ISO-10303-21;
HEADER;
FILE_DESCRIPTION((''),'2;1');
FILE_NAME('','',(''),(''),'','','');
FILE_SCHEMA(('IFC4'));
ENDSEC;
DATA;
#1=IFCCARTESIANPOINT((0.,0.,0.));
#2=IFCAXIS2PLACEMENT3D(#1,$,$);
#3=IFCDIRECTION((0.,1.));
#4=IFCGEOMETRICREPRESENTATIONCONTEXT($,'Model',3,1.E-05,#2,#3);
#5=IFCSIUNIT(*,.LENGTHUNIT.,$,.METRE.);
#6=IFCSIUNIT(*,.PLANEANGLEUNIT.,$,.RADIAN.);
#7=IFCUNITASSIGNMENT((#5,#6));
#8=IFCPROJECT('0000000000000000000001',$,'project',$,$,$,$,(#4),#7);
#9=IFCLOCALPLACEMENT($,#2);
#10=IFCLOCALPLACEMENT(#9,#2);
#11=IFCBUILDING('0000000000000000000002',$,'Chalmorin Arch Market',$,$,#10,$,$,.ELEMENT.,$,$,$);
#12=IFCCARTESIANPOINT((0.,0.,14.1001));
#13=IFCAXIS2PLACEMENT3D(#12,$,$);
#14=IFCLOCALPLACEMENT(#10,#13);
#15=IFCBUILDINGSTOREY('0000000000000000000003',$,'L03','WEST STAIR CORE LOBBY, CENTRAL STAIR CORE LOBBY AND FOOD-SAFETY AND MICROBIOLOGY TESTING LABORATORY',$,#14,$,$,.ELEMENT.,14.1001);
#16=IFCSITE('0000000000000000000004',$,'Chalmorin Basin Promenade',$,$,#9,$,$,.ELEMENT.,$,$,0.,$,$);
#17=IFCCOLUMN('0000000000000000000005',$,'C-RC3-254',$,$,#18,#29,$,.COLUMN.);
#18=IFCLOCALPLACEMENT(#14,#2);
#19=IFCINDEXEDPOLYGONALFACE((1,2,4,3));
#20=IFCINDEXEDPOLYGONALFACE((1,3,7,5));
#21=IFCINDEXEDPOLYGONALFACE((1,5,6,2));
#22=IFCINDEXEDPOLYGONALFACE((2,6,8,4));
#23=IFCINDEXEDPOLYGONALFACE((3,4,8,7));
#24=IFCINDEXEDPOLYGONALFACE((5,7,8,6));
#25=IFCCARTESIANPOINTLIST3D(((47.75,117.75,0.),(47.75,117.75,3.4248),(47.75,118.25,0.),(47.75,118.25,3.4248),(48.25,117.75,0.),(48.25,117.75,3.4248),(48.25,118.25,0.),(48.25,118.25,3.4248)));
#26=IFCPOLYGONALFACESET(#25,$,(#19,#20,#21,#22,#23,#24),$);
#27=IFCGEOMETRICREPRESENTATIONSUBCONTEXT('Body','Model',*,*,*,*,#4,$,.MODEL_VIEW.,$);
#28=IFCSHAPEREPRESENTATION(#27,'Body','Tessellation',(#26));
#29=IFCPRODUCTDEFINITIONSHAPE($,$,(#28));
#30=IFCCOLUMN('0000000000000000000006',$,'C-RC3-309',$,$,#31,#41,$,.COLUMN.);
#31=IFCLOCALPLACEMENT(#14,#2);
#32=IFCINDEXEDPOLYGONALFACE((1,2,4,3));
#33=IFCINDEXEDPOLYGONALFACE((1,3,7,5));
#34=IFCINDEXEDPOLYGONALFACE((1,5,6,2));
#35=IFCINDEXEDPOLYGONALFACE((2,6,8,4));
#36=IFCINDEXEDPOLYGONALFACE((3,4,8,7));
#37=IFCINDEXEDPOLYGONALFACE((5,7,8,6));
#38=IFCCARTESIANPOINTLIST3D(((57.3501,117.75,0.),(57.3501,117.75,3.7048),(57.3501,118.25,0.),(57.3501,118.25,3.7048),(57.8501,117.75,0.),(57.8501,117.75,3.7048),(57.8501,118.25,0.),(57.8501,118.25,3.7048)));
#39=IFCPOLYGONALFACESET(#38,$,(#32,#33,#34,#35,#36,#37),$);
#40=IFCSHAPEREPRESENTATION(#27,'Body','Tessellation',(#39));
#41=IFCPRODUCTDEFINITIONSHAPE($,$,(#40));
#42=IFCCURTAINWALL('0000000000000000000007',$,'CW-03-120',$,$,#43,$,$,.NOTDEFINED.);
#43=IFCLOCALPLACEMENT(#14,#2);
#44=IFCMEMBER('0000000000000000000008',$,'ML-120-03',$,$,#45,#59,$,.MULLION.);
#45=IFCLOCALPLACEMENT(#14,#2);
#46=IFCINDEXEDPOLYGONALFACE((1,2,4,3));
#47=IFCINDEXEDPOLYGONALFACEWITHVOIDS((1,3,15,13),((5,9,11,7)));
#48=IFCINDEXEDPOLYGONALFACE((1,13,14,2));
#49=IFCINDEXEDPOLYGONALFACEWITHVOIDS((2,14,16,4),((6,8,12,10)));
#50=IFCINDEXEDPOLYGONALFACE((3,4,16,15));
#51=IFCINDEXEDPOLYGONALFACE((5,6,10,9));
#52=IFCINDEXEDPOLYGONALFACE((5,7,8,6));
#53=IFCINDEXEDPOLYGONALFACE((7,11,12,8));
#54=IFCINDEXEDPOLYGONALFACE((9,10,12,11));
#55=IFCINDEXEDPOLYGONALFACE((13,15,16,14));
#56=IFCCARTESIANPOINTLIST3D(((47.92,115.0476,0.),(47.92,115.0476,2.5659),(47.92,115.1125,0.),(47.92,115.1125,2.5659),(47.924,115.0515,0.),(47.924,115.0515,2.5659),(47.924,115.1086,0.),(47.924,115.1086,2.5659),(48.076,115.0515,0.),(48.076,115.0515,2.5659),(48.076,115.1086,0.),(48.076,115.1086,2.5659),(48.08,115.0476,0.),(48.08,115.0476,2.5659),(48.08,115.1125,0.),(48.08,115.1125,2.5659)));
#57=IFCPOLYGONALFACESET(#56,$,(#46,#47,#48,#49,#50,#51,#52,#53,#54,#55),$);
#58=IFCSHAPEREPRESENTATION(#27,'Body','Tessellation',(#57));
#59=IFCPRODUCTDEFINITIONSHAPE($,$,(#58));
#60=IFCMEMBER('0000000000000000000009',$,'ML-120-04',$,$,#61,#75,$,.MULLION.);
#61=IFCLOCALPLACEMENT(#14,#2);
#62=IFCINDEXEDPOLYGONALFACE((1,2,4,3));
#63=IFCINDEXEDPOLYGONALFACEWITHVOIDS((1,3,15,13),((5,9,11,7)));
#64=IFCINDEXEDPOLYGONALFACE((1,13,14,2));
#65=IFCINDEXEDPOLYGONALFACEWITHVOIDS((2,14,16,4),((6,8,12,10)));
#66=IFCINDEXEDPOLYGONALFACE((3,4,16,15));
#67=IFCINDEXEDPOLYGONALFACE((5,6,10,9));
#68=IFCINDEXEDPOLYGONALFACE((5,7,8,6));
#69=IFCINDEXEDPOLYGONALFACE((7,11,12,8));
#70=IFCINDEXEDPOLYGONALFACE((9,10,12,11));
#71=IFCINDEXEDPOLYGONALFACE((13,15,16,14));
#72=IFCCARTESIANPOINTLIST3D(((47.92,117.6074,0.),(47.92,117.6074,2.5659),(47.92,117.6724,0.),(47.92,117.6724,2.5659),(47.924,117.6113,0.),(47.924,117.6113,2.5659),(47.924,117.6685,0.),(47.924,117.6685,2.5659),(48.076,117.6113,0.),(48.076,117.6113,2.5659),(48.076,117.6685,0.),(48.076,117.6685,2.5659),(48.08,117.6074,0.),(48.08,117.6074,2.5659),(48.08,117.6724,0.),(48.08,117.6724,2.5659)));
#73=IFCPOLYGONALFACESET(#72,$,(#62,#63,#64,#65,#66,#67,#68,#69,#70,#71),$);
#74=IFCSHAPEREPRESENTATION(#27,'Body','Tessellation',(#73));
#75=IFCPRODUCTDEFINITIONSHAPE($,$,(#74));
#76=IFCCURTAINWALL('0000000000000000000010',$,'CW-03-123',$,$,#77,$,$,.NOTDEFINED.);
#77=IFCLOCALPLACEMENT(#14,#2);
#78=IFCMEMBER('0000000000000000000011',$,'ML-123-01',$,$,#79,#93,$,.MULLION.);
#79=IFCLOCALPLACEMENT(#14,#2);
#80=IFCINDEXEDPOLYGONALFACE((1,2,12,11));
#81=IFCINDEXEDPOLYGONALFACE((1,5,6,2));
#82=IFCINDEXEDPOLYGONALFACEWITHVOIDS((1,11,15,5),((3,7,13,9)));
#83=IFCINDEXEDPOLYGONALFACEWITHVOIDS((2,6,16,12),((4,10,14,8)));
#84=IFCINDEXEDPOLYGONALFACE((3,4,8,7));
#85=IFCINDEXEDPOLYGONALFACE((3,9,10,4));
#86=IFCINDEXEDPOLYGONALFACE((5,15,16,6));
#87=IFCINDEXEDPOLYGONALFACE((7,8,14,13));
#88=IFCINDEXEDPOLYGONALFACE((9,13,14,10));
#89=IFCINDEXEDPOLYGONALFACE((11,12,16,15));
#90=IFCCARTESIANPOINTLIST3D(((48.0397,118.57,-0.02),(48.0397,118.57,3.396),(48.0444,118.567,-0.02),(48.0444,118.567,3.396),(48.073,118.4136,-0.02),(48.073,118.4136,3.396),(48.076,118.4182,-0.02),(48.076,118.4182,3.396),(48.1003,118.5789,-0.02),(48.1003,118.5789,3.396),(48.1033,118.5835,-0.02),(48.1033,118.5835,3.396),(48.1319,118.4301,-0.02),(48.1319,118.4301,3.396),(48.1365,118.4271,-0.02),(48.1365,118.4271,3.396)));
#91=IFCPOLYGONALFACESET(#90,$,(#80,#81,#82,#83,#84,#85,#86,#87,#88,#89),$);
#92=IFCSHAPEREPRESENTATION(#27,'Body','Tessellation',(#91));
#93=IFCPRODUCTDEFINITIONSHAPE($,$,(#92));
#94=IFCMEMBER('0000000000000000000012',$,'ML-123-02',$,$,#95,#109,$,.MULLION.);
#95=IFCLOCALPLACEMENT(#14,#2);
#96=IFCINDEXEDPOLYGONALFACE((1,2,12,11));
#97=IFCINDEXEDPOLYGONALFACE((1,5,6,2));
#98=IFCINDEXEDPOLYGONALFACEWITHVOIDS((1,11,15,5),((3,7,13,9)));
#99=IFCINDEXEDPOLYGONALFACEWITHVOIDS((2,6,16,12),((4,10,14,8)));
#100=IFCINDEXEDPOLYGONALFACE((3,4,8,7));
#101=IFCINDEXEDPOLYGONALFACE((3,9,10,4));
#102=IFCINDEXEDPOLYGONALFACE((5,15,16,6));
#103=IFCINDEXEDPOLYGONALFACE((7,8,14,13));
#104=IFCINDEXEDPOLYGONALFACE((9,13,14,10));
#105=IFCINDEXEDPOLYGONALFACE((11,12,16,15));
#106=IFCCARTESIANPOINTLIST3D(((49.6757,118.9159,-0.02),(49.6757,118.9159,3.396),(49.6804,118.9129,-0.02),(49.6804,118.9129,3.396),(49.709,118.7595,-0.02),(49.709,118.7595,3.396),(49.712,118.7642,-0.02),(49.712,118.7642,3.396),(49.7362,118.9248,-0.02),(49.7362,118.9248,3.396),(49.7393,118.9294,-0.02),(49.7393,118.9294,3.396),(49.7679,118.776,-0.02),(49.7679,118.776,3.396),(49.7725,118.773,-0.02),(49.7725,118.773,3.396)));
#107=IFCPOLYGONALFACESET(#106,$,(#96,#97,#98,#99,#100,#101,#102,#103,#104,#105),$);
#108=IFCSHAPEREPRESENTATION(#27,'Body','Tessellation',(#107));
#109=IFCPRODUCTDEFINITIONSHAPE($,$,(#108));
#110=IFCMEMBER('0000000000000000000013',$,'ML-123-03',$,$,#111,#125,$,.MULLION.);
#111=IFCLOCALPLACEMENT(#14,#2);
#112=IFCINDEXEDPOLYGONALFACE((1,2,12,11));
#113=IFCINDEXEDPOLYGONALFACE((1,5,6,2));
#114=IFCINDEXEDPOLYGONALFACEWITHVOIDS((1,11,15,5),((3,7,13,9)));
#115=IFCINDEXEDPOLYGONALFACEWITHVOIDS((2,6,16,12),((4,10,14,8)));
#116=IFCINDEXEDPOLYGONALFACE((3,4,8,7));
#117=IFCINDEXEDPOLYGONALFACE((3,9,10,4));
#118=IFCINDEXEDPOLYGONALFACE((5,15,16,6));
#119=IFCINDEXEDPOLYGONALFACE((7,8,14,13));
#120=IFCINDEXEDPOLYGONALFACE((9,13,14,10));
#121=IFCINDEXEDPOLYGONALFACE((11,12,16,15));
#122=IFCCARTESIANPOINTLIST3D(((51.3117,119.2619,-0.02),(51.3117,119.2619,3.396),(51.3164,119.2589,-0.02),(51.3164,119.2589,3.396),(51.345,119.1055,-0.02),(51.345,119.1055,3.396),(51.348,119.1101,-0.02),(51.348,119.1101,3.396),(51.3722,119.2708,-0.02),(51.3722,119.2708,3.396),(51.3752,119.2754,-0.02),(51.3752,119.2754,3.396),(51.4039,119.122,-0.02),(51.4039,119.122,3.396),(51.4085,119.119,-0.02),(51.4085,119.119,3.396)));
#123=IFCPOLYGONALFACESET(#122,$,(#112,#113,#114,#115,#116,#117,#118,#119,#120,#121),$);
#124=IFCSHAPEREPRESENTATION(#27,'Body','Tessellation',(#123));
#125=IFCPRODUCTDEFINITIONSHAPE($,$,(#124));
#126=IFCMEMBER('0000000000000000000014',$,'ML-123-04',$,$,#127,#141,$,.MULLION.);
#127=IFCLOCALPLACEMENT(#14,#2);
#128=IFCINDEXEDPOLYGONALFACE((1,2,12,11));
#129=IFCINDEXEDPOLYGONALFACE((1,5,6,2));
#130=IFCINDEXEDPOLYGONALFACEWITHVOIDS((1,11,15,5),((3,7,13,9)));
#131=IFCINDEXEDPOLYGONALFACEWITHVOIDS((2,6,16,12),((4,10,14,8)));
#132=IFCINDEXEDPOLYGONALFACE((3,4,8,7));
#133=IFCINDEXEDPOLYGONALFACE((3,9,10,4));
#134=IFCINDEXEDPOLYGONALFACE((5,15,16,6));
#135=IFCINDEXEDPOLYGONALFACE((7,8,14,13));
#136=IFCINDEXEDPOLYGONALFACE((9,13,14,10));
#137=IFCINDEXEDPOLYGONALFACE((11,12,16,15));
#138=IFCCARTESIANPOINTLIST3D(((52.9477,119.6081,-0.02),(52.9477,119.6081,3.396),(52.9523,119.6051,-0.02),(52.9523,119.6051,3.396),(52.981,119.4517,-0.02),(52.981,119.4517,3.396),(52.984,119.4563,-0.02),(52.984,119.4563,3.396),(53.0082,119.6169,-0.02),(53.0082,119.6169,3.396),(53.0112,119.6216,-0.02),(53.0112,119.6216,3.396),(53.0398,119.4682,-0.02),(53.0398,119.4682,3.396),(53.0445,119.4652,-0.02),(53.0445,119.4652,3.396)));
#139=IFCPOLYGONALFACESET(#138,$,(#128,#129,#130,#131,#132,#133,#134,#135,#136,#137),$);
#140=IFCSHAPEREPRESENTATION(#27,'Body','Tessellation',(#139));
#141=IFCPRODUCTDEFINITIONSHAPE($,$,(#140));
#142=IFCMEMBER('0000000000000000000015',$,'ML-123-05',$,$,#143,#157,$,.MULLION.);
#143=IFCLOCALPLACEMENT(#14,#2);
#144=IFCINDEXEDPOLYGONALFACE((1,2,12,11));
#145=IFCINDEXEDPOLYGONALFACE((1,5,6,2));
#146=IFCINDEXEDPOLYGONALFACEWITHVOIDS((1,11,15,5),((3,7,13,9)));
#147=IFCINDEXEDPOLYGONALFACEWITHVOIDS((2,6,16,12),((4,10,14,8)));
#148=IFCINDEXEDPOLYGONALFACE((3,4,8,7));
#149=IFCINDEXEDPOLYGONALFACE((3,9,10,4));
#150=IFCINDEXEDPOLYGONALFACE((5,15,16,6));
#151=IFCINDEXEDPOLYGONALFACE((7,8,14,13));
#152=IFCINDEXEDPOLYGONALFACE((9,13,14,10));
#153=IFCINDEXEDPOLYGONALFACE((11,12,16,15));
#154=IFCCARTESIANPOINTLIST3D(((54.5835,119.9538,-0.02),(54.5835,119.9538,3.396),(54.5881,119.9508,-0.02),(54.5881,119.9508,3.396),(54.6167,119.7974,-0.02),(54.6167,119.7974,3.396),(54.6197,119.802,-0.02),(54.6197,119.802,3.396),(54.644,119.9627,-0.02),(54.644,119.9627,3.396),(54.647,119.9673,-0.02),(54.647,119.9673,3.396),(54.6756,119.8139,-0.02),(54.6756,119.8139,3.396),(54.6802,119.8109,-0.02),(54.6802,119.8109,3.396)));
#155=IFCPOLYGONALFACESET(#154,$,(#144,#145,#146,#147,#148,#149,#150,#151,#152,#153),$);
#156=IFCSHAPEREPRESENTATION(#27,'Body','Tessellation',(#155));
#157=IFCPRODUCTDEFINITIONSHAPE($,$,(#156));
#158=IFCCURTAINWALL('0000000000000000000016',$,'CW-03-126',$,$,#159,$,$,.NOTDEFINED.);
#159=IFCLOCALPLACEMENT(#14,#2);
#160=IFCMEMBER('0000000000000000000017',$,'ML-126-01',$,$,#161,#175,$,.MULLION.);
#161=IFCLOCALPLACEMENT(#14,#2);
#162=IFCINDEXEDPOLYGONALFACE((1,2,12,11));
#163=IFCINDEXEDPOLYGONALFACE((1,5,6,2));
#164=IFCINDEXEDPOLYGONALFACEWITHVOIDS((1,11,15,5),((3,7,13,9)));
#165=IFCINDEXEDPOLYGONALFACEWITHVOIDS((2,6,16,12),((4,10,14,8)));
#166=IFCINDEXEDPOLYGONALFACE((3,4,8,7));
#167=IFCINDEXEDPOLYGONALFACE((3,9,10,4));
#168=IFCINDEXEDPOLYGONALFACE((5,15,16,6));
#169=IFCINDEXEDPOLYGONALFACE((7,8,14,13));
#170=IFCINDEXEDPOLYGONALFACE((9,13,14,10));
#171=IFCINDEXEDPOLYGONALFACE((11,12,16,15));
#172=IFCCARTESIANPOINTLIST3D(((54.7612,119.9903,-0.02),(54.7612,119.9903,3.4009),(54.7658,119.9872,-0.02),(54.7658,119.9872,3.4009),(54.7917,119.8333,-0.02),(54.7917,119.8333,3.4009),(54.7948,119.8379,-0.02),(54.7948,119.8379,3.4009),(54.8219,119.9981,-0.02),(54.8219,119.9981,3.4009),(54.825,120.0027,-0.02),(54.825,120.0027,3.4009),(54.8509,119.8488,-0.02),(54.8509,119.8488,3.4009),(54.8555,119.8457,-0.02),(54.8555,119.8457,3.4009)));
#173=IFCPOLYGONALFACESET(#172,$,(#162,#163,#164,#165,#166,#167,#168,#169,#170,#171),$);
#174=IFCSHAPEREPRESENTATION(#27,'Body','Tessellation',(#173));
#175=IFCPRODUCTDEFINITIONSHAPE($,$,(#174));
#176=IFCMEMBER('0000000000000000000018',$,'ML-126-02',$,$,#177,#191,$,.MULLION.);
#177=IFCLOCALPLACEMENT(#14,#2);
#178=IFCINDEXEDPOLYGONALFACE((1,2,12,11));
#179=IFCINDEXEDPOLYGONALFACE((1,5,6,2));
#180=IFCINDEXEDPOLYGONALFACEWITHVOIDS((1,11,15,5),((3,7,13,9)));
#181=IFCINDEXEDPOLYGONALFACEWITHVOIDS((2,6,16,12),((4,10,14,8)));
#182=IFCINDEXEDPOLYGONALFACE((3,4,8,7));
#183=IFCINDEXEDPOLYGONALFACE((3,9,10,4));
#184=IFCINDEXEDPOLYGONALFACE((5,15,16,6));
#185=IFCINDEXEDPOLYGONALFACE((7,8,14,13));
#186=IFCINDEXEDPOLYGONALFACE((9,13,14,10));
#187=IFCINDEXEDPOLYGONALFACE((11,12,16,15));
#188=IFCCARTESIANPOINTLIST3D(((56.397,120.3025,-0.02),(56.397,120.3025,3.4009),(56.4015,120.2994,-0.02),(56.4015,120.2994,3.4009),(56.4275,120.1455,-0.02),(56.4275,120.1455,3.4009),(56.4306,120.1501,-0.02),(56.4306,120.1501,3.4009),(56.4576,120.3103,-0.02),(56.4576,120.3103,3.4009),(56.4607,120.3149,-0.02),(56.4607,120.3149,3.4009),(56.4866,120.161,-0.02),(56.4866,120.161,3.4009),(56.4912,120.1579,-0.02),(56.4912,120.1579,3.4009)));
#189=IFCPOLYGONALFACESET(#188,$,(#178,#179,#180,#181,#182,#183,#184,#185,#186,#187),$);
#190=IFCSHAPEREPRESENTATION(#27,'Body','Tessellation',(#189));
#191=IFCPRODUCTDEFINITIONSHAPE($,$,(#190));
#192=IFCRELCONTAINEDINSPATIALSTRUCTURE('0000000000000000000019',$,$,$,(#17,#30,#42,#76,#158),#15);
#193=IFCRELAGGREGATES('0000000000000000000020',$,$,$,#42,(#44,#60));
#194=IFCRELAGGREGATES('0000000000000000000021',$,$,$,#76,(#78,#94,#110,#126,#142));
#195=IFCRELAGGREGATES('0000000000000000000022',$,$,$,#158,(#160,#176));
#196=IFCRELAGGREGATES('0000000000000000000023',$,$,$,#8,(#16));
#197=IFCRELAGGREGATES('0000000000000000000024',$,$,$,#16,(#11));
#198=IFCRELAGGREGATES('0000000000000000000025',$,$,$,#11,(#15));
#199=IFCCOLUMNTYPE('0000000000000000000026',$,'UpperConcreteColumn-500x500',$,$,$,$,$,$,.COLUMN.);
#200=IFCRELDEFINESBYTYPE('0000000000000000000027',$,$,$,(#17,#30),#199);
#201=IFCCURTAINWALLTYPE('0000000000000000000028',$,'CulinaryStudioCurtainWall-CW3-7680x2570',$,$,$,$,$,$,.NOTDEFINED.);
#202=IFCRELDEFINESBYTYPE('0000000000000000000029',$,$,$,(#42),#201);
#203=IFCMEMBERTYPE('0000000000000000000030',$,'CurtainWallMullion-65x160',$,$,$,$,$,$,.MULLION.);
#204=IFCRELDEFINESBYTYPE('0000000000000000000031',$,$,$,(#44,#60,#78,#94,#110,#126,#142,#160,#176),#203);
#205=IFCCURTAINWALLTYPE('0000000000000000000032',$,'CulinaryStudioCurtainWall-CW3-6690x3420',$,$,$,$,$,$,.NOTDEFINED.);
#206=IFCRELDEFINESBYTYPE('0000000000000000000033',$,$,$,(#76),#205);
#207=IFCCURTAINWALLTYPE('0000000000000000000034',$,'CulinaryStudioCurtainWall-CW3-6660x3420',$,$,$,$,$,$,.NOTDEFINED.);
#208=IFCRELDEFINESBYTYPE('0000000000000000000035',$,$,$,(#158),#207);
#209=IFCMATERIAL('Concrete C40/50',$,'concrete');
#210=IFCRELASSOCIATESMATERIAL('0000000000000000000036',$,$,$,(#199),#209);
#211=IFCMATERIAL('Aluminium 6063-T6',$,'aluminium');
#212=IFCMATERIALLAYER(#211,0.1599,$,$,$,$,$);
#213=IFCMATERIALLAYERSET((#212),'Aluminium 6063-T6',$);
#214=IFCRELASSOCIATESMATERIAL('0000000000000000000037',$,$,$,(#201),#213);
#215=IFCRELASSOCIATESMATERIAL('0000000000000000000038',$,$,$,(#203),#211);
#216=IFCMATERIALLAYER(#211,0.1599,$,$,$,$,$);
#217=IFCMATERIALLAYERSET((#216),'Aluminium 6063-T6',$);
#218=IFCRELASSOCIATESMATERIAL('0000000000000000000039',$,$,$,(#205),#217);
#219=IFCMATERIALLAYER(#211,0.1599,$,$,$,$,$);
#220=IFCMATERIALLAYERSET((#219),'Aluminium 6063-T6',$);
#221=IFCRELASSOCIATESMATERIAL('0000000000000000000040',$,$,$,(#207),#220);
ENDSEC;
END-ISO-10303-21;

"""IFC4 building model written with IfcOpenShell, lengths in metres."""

from ifc_helpers import new_model, si_unit, direction, frame, origin, origin_2d, place, context, subcontext, project, spatial, rectangle, hollow_rectangle, extrude, material, layer, layer_set, material_profile, profile_set, type_object, element, aggregate, save


model = new_model("IFC4")

# Units and contexts
model_context = context("Model", 3, precision=1e-05, world=origin(), true_north=direction((0.0, 1.0)))
body_context = subcontext(model_context, "Body", "Model", "MODEL_VIEW")
ifc_project = project(units=[si_unit("LENGTHUNIT", "METRE"), si_unit("PLANEANGLEUNIT", "RADIAN")], contexts=[model_context])

# Site, building, storey
site_placement = place(None, origin())
site = spatial("IfcSite", under=ifc_project, at=site_placement, Name="Chalmorin Basin Promenade", CompositionType="ELEMENT", RefElevation=0.0)
building_placement = place(site_placement, origin())
building = spatial("IfcBuilding", under=site, at=building_placement, Name="Chalmorin Arch Market", CompositionType="ELEMENT")
storey_placement = place(building_placement, frame((0.0, 0.0, 14.1001)))
storey = spatial("IfcBuildingStorey", under=building, at=storey_placement, Name="L03", Description="WEST STAIR CORE LOBBY, CENTRAL STAIR CORE LOBBY AND FOOD-SAFETY AND MICROBIOLOGY TESTING LABORATORY", CompositionType="ELEMENT", Elevation=14.1001)

# Columns
ifc_material_1 = material(Name="Concrete C40/50", Category="concrete")
ifc_material_profile_1 = material_profile(ifc_material_1, rectangle(XDim=0.5, YDim=0.5, at=origin_2d()), Name="RC500X500")
ifc_profile_set_1 = profile_set([ifc_material_profile_1], Name="Concrete C40/50")
column_type = type_object("IfcColumnType", Name="UpperConcreteColumn-500x500", PredefinedType="COLUMN", material=ifc_profile_set_1)
column_1_placement = place(storey_placement, frame((48.0, 118.0, 0.0), z_axis=(0.0, 0.0, 1.0), x_axis=(1.0, 0.0, 0.0)))
element("IfcColumn", 1, at=column_1_placement, inside=storey, type_object=column_type, Name="C-RC3-254", PredefinedType="COLUMN", context=body_context, shape_type="SweptSolid", body=[
    extrude(rectangle(XDim=0.5, YDim=0.5, at=origin_2d()), origin(), (0.0, 0.0, 1.0), 3.4248),
])
column_2_placement = place(storey_placement, frame((57.6001, 118.0, 0.0), z_axis=(0.0, 0.0, 1.0), x_axis=(1.0, 0.0, 0.0)))
element("IfcColumn", 2, at=column_2_placement, inside=storey, type_object=column_type, Name="C-RC3-309", PredefinedType="COLUMN", context=body_context, shape_type="SweptSolid", body=[
    extrude(rectangle(XDim=0.5, YDim=0.5, at=origin_2d()), origin(), (0.0, 0.0, 1.0), 3.7048),
])

# Curtain walls, members
ifc_material_2 = material(Name="Aluminium 6063-T6", Category="aluminium")
ifc_layer_1 = layer(ifc_material_2, 0.1599)
ifc_layer_set_1 = layer_set([ifc_layer_1], Name="Aluminium 6063-T6")
curtain_wall_type_1 = type_object("IfcCurtainWallType", Name="CulinaryStudioCurtainWall-CW3-7680x2570", PredefinedType="NOTDEFINED", material=ifc_layer_set_1)
curtain_wall_1_placement = place(storey_placement, origin())
curtain_wall_1 = element("IfcCurtainWall", 3, at=curtain_wall_1_placement, inside=storey, type_object=curtain_wall_type_1, Name="CW-03-120", PredefinedType="NOTDEFINED")
ifc_material_profile_2 = material_profile(ifc_material_2, hollow_rectangle(XDim=0.0649, YDim=0.1599, WallThickness=0.0039, at=origin_2d()), Name="ALU65X160X4")
ifc_profile_set_2 = profile_set([ifc_material_profile_2], Name="Aluminium 6063-T6")
member_type_1 = type_object("IfcMemberType", Name="CurtainWallMullion-65x160", PredefinedType="MULLION", material=ifc_profile_set_2)
member_1_placement = place(storey_placement, frame((48.0, 115.0801, 0.0), z_axis=(0.0, 0.0, 1.0), x_axis=(0.0, 1.0, 0.0)))
member_1 = element("IfcMember", 4, at=member_1_placement, type_object=member_type_1, Name="ML-120-03", PredefinedType="MULLION", context=body_context, shape_type="SweptSolid", body=[
    extrude(hollow_rectangle(XDim=0.0649, YDim=0.1599, WallThickness=0.0039, at=origin_2d()), origin(), (0.0, 0.0, 1.0), 2.5659),
])
member_2_placement = place(storey_placement, frame((48.0, 117.6399, 0.0), z_axis=(0.0, 0.0, 1.0), x_axis=(0.0, 1.0, 0.0)))
member_2 = element("IfcMember", 5, at=member_2_placement, type_object=member_type_1, Name="ML-120-04", PredefinedType="MULLION", context=body_context, shape_type="SweptSolid", body=[
    extrude(hollow_rectangle(XDim=0.0649, YDim=0.1599, WallThickness=0.0039, at=origin_2d()), origin(), (0.0, 0.0, 1.0), 2.5659),
])
ifc_layer_2 = layer(ifc_material_2, 0.1599)
ifc_layer_set_2 = layer_set([ifc_layer_2], Name="Aluminium 6063-T6")
curtain_wall_type_2 = type_object("IfcCurtainWallType", Name="CulinaryStudioCurtainWall-CW3-6690x3420", PredefinedType="NOTDEFINED", material=ifc_layer_set_2)
curtain_wall_2_placement = place(storey_placement, origin())
curtain_wall_2 = element("IfcCurtainWall", 6, at=curtain_wall_2_placement, inside=storey, type_object=curtain_wall_type_2, Name="CW-03-123", PredefinedType="NOTDEFINED")
member_3_placement = place(storey_placement, frame((48.0881, 118.4985, -0.02), z_axis=(0.0, 0.0, 1.0), x_axis=(0.978148, 0.207912, 0.0)))
member_3 = element("IfcMember", 7, at=member_3_placement, type_object=member_type_1, Name="ML-123-01", PredefinedType="MULLION", context=body_context, shape_type="SweptSolid", body=[
    extrude(hollow_rectangle(XDim=0.0649, YDim=0.1599, WallThickness=0.0039, at=origin_2d()), origin(), (0.0, 0.0, 1.0), 3.416),
])
member_4_placement = place(storey_placement, frame((49.7241, 118.8445, -0.02), z_axis=(0.0, 0.0, 1.0), x_axis=(0.978148, 0.207912, 0.0)))
member_4 = element("IfcMember", 8, at=member_4_placement, type_object=member_type_1, Name="ML-123-02", PredefinedType="MULLION", context=body_context, shape_type="SweptSolid", body=[
    extrude(hollow_rectangle(XDim=0.0649, YDim=0.1599, WallThickness=0.0039, at=origin_2d()), origin(), (0.0, 0.0, 1.0), 3.416),
])
member_5_placement = place(storey_placement, frame((51.3601, 119.1904, -0.02), z_axis=(0.0, 0.0, 1.0), x_axis=(0.978148, 0.207912, 0.0)))
member_5 = element("IfcMember", 9, at=member_5_placement, type_object=member_type_1, Name="ML-123-03", PredefinedType="MULLION", context=body_context, shape_type="SweptSolid", body=[
    extrude(hollow_rectangle(XDim=0.0649, YDim=0.1599, WallThickness=0.0039, at=origin_2d()), origin(), (0.0, 0.0, 1.0), 3.416),
])
member_6_placement = place(storey_placement, frame((52.9961, 119.5366, -0.02), z_axis=(0.0, 0.0, 1.0), x_axis=(0.978148, 0.207912, 0.0)))
member_6 = element("IfcMember", 10, at=member_6_placement, type_object=member_type_1, Name="ML-123-04", PredefinedType="MULLION", context=body_context, shape_type="SweptSolid", body=[
    extrude(hollow_rectangle(XDim=0.0649, YDim=0.1599, WallThickness=0.0039, at=origin_2d()), origin(), (0.0, 0.0, 1.0), 3.416),
])
member_7_placement = place(storey_placement, frame((54.6318, 119.8823, -0.02), z_axis=(0.0, 0.0, 1.0), x_axis=(0.978148, 0.207912, 0.0)))
member_7 = element("IfcMember", 11, at=member_7_placement, type_object=member_type_1, Name="ML-123-05", PredefinedType="MULLION", context=body_context, shape_type="SweptSolid", body=[
    extrude(hollow_rectangle(XDim=0.0649, YDim=0.1599, WallThickness=0.0039, at=origin_2d()), origin(), (0.0, 0.0, 1.0), 3.416),
])
ifc_layer_3 = layer(ifc_material_2, 0.1599)
ifc_layer_set_3 = layer_set([ifc_layer_3], Name="Aluminium 6063-T6")
curtain_wall_type_3 = type_object("IfcCurtainWallType", Name="CulinaryStudioCurtainWall-CW3-6660x3420", PredefinedType="NOTDEFINED", material=ifc_layer_set_3)
curtain_wall_3_placement = place(storey_placement, origin())
curtain_wall_3 = element("IfcCurtainWall", 12, at=curtain_wall_3_placement, inside=storey, type_object=curtain_wall_type_3, Name="CW-03-126", PredefinedType="NOTDEFINED")
member_8_placement = place(storey_placement, frame((54.8083, 119.918, -0.02), z_axis=(0.0, 0.0, 1.0), x_axis=(0.981627, 0.190809, 0.0)))
member_8 = element("IfcMember", 13, at=member_8_placement, type_object=member_type_1, Name="ML-126-01", PredefinedType="MULLION", context=body_context, shape_type="SweptSolid", body=[
    extrude(hollow_rectangle(XDim=0.0649, YDim=0.1599, WallThickness=0.0039, at=origin_2d()), origin(), (0.0, 0.0, 1.0), 3.4209),
])
member_9_placement = place(storey_placement, frame((56.4441, 120.2302, -0.02), z_axis=(0.0, 0.0, 1.0), x_axis=(0.981627, 0.190809, 0.0)))
member_9 = element("IfcMember", 14, at=member_9_placement, type_object=member_type_1, Name="ML-126-02", PredefinedType="MULLION", context=body_context, shape_type="SweptSolid", body=[
    extrude(hollow_rectangle(XDim=0.0649, YDim=0.1599, WallThickness=0.0039, at=origin_2d()), origin(), (0.0, 0.0, 1.0), 3.4209),
])

aggregate(curtain_wall_1, [member_1, member_2])
aggregate(curtain_wall_2, [member_3, member_4, member_5, member_6, member_7])
aggregate(curtain_wall_3, [member_8, member_9])

save(model, "model.ifc")
